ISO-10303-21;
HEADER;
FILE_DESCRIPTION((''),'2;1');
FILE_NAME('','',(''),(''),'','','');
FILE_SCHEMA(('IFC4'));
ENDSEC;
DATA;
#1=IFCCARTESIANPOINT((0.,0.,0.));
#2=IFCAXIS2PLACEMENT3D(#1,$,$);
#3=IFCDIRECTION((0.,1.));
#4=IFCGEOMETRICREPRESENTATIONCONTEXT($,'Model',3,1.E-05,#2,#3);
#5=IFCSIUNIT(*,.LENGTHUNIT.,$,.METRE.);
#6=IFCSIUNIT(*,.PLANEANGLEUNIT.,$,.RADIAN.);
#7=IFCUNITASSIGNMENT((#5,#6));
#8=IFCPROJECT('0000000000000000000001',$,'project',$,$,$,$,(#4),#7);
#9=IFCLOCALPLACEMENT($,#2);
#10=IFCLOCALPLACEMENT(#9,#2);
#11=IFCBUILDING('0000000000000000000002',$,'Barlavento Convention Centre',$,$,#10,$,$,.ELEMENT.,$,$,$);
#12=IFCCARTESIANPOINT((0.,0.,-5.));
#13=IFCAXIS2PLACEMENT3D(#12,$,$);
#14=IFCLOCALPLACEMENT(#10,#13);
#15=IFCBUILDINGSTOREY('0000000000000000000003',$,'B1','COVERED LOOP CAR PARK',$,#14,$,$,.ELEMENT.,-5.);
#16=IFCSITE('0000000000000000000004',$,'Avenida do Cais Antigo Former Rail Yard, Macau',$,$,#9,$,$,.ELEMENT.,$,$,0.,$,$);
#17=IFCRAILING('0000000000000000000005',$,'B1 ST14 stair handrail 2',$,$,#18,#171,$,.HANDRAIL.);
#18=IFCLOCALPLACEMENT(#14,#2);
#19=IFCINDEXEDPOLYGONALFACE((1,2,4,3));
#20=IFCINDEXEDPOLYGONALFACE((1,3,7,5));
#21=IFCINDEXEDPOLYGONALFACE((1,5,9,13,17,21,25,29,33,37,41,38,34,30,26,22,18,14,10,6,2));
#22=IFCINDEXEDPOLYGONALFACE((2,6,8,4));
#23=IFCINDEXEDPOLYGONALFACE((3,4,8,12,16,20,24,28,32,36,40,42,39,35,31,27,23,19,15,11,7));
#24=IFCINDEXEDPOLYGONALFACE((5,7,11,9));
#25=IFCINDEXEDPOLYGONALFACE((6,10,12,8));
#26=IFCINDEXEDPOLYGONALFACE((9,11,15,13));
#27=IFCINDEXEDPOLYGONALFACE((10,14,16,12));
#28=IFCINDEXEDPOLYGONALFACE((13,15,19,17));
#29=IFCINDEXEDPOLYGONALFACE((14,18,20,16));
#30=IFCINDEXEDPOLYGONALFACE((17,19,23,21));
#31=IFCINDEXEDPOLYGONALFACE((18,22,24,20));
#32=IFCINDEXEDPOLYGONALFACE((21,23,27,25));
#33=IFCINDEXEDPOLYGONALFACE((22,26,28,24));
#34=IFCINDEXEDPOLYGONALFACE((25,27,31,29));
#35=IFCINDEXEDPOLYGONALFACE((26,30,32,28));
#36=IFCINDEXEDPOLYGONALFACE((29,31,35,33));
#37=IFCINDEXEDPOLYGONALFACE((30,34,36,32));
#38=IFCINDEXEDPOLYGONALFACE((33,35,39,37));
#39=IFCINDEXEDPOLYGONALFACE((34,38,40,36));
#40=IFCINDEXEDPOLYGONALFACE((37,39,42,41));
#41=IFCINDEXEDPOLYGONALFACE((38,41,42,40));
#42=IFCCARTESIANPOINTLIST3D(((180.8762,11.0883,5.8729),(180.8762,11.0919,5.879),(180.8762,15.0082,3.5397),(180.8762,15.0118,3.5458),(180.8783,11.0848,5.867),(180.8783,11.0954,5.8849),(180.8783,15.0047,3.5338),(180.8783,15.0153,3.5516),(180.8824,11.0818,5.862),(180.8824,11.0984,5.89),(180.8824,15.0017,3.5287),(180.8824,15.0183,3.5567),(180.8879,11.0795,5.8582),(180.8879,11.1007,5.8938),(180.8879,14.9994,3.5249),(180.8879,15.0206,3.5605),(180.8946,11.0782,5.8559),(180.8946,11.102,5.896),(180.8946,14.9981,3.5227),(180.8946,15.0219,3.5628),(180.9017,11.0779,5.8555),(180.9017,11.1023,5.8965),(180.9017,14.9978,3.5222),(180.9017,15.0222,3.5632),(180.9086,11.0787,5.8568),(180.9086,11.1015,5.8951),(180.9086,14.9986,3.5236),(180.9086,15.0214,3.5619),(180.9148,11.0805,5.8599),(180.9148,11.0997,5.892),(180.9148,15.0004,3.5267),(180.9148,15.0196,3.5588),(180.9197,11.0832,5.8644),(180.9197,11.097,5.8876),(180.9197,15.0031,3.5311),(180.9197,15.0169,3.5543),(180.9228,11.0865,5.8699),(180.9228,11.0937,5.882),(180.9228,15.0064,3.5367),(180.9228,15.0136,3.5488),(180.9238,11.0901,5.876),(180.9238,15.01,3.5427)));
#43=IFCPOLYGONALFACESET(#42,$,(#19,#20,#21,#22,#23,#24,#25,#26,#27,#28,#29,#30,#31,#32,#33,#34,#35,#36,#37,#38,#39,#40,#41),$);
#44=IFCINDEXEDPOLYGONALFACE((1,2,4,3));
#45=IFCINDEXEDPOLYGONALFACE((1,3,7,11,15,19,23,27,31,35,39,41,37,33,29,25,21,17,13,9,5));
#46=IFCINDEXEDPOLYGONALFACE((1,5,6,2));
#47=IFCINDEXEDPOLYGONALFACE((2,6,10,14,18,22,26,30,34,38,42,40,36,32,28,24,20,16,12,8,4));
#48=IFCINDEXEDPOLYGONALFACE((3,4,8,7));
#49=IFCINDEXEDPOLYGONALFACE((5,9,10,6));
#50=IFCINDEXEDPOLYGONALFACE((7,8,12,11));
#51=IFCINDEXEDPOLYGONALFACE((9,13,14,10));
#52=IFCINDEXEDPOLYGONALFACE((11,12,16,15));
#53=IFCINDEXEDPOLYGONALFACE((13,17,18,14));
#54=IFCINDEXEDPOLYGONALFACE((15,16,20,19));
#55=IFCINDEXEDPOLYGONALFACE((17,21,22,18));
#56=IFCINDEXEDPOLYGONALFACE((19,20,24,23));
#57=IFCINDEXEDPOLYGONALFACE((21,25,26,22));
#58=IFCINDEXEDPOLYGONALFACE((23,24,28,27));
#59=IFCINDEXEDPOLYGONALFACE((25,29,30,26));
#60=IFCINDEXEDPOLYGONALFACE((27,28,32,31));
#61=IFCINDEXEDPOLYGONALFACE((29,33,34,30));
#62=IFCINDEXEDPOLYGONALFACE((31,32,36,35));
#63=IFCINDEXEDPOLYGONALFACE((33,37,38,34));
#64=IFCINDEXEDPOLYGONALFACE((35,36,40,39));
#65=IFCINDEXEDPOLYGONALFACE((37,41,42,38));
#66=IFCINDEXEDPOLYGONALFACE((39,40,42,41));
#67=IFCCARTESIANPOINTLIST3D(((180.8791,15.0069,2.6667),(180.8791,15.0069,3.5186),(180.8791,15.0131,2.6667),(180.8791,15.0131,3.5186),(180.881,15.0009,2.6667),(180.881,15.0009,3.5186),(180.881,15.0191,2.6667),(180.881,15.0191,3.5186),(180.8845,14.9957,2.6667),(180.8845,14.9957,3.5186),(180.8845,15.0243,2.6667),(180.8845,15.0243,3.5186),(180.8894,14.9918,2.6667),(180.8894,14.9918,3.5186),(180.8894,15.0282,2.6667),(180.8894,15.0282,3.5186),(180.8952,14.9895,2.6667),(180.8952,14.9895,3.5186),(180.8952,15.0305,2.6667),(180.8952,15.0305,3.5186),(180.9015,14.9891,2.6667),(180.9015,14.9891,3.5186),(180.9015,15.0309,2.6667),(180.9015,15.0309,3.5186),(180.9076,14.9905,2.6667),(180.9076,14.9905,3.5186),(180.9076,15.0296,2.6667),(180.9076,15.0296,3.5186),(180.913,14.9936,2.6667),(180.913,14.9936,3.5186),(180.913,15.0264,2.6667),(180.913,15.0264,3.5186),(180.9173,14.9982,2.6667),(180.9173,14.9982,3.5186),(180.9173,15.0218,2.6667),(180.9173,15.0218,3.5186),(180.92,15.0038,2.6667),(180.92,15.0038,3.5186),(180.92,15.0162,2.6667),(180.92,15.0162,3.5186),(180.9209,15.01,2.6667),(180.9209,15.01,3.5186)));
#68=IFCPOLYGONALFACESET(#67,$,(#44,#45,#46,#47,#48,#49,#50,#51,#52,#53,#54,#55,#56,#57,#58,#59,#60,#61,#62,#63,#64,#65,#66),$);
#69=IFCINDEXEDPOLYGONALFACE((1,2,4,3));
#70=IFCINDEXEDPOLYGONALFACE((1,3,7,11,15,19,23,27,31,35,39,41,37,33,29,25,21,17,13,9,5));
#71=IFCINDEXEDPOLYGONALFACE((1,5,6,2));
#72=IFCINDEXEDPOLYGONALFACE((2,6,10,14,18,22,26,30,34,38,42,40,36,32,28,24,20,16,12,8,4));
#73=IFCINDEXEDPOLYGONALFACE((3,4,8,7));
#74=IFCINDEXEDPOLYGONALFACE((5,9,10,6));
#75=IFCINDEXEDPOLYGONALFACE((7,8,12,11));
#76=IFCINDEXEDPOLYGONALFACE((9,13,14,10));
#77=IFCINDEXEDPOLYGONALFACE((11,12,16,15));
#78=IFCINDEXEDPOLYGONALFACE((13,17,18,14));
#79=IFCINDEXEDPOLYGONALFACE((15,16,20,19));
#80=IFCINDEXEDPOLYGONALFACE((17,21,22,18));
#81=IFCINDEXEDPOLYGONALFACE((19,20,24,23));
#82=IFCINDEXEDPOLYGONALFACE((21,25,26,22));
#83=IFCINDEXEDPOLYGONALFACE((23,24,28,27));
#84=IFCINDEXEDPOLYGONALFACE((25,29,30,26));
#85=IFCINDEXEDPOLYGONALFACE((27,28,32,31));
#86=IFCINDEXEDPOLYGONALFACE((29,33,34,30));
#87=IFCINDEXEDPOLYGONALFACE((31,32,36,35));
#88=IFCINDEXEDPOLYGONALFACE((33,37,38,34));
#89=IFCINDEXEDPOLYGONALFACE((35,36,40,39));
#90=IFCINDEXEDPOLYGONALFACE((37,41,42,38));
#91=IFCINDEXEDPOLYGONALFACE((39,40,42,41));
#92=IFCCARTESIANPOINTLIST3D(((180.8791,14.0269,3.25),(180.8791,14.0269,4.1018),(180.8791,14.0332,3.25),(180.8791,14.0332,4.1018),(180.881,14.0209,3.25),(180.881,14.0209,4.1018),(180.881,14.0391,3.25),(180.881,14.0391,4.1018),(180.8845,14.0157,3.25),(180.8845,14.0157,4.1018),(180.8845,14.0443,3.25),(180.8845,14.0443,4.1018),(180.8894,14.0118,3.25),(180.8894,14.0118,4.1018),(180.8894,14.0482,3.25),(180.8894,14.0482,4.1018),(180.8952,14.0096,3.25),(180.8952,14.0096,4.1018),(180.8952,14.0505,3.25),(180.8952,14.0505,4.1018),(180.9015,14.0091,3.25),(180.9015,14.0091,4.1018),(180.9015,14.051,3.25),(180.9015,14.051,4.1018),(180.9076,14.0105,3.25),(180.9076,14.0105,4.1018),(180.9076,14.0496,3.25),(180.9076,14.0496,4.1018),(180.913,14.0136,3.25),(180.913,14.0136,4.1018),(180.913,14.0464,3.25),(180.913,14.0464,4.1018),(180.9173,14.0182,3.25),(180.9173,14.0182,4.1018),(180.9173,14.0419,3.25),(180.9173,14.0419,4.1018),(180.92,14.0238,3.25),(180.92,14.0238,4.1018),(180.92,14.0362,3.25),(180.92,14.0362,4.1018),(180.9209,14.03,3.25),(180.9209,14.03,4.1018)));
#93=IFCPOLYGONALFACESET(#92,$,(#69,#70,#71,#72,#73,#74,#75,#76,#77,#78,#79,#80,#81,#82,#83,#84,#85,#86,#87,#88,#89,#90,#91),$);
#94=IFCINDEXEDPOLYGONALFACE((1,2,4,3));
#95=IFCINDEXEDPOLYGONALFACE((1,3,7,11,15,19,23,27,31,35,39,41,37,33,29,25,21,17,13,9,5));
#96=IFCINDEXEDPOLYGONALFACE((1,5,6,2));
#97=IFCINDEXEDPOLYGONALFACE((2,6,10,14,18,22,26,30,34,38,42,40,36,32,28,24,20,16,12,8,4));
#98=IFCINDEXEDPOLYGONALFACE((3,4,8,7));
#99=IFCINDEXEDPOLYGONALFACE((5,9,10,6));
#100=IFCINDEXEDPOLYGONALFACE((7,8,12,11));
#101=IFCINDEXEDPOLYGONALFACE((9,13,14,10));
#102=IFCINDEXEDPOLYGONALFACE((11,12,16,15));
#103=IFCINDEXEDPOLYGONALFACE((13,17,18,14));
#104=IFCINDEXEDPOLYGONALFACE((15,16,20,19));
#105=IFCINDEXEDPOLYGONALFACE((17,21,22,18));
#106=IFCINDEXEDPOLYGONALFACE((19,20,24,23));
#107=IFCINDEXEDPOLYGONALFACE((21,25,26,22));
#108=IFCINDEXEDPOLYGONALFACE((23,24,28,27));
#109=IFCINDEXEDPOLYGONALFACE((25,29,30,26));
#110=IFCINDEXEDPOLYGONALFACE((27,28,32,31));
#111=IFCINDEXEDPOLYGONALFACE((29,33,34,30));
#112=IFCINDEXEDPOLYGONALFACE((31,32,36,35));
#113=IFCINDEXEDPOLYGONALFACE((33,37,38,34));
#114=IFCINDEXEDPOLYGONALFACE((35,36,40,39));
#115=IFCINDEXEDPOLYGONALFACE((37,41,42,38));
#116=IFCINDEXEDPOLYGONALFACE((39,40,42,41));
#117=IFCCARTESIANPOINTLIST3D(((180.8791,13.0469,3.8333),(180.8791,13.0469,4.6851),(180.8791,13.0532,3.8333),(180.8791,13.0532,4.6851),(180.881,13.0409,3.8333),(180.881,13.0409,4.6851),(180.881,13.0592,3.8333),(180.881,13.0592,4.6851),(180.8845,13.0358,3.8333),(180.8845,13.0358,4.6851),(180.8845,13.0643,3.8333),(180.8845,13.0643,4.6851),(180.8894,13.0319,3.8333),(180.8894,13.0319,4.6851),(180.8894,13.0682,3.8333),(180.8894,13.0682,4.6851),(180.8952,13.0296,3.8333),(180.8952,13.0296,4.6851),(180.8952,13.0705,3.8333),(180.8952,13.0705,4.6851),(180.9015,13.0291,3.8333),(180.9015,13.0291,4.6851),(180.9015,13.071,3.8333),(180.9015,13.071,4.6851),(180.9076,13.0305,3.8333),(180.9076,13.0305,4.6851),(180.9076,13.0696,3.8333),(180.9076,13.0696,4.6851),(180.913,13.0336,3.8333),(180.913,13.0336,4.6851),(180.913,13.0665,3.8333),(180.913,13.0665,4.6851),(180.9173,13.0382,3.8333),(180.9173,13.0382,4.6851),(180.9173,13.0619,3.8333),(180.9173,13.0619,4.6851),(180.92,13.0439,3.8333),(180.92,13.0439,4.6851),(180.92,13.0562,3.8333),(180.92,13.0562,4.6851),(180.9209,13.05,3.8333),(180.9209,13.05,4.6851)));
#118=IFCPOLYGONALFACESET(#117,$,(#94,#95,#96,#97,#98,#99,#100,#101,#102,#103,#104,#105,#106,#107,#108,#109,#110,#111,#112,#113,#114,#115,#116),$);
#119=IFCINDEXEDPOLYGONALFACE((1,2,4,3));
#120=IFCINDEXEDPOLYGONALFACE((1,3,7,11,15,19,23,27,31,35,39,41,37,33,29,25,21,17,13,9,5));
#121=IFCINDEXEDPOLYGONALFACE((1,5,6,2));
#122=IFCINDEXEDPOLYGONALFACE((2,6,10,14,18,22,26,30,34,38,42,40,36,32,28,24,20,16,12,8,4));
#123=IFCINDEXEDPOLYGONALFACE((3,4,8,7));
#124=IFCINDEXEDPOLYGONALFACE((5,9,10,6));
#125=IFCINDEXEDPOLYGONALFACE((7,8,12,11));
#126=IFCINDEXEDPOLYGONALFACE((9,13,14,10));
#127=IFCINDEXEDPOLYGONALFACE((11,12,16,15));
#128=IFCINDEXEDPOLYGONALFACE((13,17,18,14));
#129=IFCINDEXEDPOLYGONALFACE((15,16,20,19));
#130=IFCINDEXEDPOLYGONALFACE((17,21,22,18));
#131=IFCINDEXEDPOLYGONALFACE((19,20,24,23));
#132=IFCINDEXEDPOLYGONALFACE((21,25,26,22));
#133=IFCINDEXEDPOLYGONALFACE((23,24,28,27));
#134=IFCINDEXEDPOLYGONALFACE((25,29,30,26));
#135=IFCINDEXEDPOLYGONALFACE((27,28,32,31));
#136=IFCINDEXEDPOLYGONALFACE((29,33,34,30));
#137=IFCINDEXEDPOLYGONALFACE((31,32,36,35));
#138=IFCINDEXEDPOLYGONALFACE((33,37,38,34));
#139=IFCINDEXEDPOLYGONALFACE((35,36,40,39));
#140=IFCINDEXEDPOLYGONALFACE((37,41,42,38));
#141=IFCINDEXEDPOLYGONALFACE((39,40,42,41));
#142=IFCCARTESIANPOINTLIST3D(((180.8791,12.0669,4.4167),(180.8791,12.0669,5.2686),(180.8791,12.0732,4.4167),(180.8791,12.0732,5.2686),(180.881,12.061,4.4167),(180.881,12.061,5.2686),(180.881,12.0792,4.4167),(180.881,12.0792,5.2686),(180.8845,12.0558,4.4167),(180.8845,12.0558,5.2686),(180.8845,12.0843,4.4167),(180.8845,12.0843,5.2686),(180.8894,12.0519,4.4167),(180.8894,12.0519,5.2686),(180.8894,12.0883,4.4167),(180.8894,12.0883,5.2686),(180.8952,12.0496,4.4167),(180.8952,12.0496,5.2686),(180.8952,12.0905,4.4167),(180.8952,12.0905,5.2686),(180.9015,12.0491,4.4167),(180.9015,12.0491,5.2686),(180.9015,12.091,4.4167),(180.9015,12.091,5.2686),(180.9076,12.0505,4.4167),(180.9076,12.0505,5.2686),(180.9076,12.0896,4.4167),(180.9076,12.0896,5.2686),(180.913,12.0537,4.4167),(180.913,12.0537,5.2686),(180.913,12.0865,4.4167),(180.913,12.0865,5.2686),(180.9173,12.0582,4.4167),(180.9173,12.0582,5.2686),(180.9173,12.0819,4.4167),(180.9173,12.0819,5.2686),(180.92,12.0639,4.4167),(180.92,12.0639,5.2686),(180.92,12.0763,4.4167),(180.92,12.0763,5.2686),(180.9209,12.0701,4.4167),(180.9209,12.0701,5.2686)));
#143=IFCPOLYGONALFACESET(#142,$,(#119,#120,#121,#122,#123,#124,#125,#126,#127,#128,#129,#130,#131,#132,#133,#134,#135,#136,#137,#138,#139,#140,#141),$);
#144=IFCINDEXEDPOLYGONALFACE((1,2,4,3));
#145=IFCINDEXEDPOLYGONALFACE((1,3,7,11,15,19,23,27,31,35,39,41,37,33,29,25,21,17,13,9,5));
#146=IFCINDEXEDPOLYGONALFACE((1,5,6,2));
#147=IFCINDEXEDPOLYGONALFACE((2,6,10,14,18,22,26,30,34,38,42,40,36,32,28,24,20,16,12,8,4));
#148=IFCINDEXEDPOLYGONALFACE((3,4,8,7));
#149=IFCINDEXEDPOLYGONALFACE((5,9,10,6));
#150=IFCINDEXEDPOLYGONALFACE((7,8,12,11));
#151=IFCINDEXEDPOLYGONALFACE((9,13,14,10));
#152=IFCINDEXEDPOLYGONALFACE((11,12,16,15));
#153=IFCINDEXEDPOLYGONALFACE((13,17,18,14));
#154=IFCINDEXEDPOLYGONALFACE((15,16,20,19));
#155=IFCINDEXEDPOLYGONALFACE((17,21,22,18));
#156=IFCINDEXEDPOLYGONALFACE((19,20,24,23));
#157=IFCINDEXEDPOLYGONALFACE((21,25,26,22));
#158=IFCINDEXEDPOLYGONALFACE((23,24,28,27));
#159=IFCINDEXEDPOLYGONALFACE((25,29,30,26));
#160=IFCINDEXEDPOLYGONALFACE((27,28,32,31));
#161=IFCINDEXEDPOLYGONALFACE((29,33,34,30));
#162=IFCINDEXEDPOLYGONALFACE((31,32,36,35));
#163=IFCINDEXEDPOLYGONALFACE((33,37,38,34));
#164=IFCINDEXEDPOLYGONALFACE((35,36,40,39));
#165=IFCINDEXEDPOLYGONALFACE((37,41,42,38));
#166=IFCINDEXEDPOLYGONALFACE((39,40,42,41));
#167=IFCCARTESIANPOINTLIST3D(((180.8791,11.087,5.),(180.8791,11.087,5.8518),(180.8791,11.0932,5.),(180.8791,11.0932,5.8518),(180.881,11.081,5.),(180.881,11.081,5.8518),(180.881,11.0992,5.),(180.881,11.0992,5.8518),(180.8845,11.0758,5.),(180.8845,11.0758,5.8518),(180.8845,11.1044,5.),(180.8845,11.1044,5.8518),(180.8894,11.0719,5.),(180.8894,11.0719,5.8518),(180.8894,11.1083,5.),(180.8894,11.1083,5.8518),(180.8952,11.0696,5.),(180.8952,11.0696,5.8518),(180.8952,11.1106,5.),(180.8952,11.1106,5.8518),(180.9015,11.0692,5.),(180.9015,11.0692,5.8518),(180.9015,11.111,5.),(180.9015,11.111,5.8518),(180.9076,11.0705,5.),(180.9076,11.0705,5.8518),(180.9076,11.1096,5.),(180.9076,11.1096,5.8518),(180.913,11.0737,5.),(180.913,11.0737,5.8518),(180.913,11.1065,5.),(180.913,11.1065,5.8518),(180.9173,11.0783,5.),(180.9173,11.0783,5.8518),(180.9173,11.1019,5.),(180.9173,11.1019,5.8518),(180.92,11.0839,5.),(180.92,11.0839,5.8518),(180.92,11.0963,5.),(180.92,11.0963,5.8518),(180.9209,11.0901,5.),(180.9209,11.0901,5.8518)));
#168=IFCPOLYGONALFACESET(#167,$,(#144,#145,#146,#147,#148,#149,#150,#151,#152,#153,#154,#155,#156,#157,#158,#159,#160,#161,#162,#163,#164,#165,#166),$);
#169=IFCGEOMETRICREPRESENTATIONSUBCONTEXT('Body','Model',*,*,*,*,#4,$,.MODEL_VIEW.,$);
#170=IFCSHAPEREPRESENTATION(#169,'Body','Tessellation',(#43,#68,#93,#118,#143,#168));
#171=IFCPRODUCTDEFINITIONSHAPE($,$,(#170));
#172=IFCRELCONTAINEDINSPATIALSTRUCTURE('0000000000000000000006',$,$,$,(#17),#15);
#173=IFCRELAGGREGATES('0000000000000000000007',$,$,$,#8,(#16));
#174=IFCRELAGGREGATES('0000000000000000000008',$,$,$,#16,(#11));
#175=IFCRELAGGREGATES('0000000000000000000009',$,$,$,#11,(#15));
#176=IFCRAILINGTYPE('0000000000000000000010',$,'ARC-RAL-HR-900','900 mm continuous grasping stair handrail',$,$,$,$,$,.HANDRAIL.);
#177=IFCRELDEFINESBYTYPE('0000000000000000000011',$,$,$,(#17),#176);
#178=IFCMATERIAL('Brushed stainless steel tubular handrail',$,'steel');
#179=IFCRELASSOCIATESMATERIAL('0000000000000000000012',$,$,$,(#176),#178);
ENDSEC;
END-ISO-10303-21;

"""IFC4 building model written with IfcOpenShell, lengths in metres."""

from ifc_helpers import new_model, si_unit, direction, frame, origin, origin_2d, place, context, subcontext, project, spatial, circle, extrude, material, type_object, element, save


model = new_model("IFC4")

# Units and contexts
model_context = context("Model", 3, precision=1e-05, world=origin(), true_north=direction((0.0, 1.0)))
body_context = subcontext(model_context, "Body", "Model", "MODEL_VIEW")
ifc_project = project(units=[si_unit("LENGTHUNIT", "METRE"), si_unit("PLANEANGLEUNIT", "RADIAN")], contexts=[model_context])

# Site, building, storey
site_placement = place(None, origin())
site = spatial("IfcSite", under=ifc_project, at=site_placement, Name="Avenida do Cais Antigo Former Rail Yard, Macau", CompositionType="ELEMENT", RefElevation=0.0)
building_placement = place(site_placement, origin())
building = spatial("IfcBuilding", under=site, at=building_placement, Name="Barlavento Convention Centre", CompositionType="ELEMENT")
storey_placement = place(building_placement, frame((0.0, 0.0, -5.0)))
storey = spatial("IfcBuildingStorey", under=building, at=storey_placement, Name="B1", Description="COVERED LOOP CAR PARK", CompositionType="ELEMENT", Elevation=-5.0)

# Railing
ifc_material_1 = material(Name="Brushed stainless steel tubular handrail", Category="steel")
railing_type_1 = type_object("IfcRailingType", Name="ARC-RAL-HR-900", Description="900 mm continuous grasping stair handrail", PredefinedType="HANDRAIL", material=ifc_material_1)
railing_1_placement = place(storey_placement, frame((180.8999, 15.01, 2.6667)))
element("IfcRailing", 1, at=railing_1_placement, inside=storey, type_object=railing_type_1, Name="B1 ST14 stair handrail 2", PredefinedType="HANDRAIL", context=body_context, shape_type="SweptSolid", body=[
    extrude(circle(Radius=0.0239, at=origin_2d()), frame((0.0, 0.0, 0.876), z_axis=(0.0, -0.859296, 0.511478), x_axis=(1.0, 0.0, 0.0)), (0.0, 0.0, 1.0), 4.5618),
    extrude(circle(Radius=0.021, at=origin_2d()), origin(), (0.0, 0.0, 1.0), 0.8518),
    extrude(circle(Radius=0.021, at=origin_2d()), frame((0.0, -0.98, 0.5833)), (0.0, 0.0, 1.0), 0.8518),
    extrude(circle(Radius=0.021, at=origin_2d()), frame((0.0, -1.96, 1.1665)), (0.0, 0.0, 1.0), 0.8518),
    extrude(circle(Radius=0.021, at=origin_2d()), frame((0.0, -2.9399, 1.75)), (0.0, 0.0, 1.0), 0.8518),
    extrude(circle(Radius=0.021, at=origin_2d()), frame((0.0, -3.9199, 2.3333)), (0.0, 0.0, 1.0), 0.8518),
])

save(model, "model.ifc")
